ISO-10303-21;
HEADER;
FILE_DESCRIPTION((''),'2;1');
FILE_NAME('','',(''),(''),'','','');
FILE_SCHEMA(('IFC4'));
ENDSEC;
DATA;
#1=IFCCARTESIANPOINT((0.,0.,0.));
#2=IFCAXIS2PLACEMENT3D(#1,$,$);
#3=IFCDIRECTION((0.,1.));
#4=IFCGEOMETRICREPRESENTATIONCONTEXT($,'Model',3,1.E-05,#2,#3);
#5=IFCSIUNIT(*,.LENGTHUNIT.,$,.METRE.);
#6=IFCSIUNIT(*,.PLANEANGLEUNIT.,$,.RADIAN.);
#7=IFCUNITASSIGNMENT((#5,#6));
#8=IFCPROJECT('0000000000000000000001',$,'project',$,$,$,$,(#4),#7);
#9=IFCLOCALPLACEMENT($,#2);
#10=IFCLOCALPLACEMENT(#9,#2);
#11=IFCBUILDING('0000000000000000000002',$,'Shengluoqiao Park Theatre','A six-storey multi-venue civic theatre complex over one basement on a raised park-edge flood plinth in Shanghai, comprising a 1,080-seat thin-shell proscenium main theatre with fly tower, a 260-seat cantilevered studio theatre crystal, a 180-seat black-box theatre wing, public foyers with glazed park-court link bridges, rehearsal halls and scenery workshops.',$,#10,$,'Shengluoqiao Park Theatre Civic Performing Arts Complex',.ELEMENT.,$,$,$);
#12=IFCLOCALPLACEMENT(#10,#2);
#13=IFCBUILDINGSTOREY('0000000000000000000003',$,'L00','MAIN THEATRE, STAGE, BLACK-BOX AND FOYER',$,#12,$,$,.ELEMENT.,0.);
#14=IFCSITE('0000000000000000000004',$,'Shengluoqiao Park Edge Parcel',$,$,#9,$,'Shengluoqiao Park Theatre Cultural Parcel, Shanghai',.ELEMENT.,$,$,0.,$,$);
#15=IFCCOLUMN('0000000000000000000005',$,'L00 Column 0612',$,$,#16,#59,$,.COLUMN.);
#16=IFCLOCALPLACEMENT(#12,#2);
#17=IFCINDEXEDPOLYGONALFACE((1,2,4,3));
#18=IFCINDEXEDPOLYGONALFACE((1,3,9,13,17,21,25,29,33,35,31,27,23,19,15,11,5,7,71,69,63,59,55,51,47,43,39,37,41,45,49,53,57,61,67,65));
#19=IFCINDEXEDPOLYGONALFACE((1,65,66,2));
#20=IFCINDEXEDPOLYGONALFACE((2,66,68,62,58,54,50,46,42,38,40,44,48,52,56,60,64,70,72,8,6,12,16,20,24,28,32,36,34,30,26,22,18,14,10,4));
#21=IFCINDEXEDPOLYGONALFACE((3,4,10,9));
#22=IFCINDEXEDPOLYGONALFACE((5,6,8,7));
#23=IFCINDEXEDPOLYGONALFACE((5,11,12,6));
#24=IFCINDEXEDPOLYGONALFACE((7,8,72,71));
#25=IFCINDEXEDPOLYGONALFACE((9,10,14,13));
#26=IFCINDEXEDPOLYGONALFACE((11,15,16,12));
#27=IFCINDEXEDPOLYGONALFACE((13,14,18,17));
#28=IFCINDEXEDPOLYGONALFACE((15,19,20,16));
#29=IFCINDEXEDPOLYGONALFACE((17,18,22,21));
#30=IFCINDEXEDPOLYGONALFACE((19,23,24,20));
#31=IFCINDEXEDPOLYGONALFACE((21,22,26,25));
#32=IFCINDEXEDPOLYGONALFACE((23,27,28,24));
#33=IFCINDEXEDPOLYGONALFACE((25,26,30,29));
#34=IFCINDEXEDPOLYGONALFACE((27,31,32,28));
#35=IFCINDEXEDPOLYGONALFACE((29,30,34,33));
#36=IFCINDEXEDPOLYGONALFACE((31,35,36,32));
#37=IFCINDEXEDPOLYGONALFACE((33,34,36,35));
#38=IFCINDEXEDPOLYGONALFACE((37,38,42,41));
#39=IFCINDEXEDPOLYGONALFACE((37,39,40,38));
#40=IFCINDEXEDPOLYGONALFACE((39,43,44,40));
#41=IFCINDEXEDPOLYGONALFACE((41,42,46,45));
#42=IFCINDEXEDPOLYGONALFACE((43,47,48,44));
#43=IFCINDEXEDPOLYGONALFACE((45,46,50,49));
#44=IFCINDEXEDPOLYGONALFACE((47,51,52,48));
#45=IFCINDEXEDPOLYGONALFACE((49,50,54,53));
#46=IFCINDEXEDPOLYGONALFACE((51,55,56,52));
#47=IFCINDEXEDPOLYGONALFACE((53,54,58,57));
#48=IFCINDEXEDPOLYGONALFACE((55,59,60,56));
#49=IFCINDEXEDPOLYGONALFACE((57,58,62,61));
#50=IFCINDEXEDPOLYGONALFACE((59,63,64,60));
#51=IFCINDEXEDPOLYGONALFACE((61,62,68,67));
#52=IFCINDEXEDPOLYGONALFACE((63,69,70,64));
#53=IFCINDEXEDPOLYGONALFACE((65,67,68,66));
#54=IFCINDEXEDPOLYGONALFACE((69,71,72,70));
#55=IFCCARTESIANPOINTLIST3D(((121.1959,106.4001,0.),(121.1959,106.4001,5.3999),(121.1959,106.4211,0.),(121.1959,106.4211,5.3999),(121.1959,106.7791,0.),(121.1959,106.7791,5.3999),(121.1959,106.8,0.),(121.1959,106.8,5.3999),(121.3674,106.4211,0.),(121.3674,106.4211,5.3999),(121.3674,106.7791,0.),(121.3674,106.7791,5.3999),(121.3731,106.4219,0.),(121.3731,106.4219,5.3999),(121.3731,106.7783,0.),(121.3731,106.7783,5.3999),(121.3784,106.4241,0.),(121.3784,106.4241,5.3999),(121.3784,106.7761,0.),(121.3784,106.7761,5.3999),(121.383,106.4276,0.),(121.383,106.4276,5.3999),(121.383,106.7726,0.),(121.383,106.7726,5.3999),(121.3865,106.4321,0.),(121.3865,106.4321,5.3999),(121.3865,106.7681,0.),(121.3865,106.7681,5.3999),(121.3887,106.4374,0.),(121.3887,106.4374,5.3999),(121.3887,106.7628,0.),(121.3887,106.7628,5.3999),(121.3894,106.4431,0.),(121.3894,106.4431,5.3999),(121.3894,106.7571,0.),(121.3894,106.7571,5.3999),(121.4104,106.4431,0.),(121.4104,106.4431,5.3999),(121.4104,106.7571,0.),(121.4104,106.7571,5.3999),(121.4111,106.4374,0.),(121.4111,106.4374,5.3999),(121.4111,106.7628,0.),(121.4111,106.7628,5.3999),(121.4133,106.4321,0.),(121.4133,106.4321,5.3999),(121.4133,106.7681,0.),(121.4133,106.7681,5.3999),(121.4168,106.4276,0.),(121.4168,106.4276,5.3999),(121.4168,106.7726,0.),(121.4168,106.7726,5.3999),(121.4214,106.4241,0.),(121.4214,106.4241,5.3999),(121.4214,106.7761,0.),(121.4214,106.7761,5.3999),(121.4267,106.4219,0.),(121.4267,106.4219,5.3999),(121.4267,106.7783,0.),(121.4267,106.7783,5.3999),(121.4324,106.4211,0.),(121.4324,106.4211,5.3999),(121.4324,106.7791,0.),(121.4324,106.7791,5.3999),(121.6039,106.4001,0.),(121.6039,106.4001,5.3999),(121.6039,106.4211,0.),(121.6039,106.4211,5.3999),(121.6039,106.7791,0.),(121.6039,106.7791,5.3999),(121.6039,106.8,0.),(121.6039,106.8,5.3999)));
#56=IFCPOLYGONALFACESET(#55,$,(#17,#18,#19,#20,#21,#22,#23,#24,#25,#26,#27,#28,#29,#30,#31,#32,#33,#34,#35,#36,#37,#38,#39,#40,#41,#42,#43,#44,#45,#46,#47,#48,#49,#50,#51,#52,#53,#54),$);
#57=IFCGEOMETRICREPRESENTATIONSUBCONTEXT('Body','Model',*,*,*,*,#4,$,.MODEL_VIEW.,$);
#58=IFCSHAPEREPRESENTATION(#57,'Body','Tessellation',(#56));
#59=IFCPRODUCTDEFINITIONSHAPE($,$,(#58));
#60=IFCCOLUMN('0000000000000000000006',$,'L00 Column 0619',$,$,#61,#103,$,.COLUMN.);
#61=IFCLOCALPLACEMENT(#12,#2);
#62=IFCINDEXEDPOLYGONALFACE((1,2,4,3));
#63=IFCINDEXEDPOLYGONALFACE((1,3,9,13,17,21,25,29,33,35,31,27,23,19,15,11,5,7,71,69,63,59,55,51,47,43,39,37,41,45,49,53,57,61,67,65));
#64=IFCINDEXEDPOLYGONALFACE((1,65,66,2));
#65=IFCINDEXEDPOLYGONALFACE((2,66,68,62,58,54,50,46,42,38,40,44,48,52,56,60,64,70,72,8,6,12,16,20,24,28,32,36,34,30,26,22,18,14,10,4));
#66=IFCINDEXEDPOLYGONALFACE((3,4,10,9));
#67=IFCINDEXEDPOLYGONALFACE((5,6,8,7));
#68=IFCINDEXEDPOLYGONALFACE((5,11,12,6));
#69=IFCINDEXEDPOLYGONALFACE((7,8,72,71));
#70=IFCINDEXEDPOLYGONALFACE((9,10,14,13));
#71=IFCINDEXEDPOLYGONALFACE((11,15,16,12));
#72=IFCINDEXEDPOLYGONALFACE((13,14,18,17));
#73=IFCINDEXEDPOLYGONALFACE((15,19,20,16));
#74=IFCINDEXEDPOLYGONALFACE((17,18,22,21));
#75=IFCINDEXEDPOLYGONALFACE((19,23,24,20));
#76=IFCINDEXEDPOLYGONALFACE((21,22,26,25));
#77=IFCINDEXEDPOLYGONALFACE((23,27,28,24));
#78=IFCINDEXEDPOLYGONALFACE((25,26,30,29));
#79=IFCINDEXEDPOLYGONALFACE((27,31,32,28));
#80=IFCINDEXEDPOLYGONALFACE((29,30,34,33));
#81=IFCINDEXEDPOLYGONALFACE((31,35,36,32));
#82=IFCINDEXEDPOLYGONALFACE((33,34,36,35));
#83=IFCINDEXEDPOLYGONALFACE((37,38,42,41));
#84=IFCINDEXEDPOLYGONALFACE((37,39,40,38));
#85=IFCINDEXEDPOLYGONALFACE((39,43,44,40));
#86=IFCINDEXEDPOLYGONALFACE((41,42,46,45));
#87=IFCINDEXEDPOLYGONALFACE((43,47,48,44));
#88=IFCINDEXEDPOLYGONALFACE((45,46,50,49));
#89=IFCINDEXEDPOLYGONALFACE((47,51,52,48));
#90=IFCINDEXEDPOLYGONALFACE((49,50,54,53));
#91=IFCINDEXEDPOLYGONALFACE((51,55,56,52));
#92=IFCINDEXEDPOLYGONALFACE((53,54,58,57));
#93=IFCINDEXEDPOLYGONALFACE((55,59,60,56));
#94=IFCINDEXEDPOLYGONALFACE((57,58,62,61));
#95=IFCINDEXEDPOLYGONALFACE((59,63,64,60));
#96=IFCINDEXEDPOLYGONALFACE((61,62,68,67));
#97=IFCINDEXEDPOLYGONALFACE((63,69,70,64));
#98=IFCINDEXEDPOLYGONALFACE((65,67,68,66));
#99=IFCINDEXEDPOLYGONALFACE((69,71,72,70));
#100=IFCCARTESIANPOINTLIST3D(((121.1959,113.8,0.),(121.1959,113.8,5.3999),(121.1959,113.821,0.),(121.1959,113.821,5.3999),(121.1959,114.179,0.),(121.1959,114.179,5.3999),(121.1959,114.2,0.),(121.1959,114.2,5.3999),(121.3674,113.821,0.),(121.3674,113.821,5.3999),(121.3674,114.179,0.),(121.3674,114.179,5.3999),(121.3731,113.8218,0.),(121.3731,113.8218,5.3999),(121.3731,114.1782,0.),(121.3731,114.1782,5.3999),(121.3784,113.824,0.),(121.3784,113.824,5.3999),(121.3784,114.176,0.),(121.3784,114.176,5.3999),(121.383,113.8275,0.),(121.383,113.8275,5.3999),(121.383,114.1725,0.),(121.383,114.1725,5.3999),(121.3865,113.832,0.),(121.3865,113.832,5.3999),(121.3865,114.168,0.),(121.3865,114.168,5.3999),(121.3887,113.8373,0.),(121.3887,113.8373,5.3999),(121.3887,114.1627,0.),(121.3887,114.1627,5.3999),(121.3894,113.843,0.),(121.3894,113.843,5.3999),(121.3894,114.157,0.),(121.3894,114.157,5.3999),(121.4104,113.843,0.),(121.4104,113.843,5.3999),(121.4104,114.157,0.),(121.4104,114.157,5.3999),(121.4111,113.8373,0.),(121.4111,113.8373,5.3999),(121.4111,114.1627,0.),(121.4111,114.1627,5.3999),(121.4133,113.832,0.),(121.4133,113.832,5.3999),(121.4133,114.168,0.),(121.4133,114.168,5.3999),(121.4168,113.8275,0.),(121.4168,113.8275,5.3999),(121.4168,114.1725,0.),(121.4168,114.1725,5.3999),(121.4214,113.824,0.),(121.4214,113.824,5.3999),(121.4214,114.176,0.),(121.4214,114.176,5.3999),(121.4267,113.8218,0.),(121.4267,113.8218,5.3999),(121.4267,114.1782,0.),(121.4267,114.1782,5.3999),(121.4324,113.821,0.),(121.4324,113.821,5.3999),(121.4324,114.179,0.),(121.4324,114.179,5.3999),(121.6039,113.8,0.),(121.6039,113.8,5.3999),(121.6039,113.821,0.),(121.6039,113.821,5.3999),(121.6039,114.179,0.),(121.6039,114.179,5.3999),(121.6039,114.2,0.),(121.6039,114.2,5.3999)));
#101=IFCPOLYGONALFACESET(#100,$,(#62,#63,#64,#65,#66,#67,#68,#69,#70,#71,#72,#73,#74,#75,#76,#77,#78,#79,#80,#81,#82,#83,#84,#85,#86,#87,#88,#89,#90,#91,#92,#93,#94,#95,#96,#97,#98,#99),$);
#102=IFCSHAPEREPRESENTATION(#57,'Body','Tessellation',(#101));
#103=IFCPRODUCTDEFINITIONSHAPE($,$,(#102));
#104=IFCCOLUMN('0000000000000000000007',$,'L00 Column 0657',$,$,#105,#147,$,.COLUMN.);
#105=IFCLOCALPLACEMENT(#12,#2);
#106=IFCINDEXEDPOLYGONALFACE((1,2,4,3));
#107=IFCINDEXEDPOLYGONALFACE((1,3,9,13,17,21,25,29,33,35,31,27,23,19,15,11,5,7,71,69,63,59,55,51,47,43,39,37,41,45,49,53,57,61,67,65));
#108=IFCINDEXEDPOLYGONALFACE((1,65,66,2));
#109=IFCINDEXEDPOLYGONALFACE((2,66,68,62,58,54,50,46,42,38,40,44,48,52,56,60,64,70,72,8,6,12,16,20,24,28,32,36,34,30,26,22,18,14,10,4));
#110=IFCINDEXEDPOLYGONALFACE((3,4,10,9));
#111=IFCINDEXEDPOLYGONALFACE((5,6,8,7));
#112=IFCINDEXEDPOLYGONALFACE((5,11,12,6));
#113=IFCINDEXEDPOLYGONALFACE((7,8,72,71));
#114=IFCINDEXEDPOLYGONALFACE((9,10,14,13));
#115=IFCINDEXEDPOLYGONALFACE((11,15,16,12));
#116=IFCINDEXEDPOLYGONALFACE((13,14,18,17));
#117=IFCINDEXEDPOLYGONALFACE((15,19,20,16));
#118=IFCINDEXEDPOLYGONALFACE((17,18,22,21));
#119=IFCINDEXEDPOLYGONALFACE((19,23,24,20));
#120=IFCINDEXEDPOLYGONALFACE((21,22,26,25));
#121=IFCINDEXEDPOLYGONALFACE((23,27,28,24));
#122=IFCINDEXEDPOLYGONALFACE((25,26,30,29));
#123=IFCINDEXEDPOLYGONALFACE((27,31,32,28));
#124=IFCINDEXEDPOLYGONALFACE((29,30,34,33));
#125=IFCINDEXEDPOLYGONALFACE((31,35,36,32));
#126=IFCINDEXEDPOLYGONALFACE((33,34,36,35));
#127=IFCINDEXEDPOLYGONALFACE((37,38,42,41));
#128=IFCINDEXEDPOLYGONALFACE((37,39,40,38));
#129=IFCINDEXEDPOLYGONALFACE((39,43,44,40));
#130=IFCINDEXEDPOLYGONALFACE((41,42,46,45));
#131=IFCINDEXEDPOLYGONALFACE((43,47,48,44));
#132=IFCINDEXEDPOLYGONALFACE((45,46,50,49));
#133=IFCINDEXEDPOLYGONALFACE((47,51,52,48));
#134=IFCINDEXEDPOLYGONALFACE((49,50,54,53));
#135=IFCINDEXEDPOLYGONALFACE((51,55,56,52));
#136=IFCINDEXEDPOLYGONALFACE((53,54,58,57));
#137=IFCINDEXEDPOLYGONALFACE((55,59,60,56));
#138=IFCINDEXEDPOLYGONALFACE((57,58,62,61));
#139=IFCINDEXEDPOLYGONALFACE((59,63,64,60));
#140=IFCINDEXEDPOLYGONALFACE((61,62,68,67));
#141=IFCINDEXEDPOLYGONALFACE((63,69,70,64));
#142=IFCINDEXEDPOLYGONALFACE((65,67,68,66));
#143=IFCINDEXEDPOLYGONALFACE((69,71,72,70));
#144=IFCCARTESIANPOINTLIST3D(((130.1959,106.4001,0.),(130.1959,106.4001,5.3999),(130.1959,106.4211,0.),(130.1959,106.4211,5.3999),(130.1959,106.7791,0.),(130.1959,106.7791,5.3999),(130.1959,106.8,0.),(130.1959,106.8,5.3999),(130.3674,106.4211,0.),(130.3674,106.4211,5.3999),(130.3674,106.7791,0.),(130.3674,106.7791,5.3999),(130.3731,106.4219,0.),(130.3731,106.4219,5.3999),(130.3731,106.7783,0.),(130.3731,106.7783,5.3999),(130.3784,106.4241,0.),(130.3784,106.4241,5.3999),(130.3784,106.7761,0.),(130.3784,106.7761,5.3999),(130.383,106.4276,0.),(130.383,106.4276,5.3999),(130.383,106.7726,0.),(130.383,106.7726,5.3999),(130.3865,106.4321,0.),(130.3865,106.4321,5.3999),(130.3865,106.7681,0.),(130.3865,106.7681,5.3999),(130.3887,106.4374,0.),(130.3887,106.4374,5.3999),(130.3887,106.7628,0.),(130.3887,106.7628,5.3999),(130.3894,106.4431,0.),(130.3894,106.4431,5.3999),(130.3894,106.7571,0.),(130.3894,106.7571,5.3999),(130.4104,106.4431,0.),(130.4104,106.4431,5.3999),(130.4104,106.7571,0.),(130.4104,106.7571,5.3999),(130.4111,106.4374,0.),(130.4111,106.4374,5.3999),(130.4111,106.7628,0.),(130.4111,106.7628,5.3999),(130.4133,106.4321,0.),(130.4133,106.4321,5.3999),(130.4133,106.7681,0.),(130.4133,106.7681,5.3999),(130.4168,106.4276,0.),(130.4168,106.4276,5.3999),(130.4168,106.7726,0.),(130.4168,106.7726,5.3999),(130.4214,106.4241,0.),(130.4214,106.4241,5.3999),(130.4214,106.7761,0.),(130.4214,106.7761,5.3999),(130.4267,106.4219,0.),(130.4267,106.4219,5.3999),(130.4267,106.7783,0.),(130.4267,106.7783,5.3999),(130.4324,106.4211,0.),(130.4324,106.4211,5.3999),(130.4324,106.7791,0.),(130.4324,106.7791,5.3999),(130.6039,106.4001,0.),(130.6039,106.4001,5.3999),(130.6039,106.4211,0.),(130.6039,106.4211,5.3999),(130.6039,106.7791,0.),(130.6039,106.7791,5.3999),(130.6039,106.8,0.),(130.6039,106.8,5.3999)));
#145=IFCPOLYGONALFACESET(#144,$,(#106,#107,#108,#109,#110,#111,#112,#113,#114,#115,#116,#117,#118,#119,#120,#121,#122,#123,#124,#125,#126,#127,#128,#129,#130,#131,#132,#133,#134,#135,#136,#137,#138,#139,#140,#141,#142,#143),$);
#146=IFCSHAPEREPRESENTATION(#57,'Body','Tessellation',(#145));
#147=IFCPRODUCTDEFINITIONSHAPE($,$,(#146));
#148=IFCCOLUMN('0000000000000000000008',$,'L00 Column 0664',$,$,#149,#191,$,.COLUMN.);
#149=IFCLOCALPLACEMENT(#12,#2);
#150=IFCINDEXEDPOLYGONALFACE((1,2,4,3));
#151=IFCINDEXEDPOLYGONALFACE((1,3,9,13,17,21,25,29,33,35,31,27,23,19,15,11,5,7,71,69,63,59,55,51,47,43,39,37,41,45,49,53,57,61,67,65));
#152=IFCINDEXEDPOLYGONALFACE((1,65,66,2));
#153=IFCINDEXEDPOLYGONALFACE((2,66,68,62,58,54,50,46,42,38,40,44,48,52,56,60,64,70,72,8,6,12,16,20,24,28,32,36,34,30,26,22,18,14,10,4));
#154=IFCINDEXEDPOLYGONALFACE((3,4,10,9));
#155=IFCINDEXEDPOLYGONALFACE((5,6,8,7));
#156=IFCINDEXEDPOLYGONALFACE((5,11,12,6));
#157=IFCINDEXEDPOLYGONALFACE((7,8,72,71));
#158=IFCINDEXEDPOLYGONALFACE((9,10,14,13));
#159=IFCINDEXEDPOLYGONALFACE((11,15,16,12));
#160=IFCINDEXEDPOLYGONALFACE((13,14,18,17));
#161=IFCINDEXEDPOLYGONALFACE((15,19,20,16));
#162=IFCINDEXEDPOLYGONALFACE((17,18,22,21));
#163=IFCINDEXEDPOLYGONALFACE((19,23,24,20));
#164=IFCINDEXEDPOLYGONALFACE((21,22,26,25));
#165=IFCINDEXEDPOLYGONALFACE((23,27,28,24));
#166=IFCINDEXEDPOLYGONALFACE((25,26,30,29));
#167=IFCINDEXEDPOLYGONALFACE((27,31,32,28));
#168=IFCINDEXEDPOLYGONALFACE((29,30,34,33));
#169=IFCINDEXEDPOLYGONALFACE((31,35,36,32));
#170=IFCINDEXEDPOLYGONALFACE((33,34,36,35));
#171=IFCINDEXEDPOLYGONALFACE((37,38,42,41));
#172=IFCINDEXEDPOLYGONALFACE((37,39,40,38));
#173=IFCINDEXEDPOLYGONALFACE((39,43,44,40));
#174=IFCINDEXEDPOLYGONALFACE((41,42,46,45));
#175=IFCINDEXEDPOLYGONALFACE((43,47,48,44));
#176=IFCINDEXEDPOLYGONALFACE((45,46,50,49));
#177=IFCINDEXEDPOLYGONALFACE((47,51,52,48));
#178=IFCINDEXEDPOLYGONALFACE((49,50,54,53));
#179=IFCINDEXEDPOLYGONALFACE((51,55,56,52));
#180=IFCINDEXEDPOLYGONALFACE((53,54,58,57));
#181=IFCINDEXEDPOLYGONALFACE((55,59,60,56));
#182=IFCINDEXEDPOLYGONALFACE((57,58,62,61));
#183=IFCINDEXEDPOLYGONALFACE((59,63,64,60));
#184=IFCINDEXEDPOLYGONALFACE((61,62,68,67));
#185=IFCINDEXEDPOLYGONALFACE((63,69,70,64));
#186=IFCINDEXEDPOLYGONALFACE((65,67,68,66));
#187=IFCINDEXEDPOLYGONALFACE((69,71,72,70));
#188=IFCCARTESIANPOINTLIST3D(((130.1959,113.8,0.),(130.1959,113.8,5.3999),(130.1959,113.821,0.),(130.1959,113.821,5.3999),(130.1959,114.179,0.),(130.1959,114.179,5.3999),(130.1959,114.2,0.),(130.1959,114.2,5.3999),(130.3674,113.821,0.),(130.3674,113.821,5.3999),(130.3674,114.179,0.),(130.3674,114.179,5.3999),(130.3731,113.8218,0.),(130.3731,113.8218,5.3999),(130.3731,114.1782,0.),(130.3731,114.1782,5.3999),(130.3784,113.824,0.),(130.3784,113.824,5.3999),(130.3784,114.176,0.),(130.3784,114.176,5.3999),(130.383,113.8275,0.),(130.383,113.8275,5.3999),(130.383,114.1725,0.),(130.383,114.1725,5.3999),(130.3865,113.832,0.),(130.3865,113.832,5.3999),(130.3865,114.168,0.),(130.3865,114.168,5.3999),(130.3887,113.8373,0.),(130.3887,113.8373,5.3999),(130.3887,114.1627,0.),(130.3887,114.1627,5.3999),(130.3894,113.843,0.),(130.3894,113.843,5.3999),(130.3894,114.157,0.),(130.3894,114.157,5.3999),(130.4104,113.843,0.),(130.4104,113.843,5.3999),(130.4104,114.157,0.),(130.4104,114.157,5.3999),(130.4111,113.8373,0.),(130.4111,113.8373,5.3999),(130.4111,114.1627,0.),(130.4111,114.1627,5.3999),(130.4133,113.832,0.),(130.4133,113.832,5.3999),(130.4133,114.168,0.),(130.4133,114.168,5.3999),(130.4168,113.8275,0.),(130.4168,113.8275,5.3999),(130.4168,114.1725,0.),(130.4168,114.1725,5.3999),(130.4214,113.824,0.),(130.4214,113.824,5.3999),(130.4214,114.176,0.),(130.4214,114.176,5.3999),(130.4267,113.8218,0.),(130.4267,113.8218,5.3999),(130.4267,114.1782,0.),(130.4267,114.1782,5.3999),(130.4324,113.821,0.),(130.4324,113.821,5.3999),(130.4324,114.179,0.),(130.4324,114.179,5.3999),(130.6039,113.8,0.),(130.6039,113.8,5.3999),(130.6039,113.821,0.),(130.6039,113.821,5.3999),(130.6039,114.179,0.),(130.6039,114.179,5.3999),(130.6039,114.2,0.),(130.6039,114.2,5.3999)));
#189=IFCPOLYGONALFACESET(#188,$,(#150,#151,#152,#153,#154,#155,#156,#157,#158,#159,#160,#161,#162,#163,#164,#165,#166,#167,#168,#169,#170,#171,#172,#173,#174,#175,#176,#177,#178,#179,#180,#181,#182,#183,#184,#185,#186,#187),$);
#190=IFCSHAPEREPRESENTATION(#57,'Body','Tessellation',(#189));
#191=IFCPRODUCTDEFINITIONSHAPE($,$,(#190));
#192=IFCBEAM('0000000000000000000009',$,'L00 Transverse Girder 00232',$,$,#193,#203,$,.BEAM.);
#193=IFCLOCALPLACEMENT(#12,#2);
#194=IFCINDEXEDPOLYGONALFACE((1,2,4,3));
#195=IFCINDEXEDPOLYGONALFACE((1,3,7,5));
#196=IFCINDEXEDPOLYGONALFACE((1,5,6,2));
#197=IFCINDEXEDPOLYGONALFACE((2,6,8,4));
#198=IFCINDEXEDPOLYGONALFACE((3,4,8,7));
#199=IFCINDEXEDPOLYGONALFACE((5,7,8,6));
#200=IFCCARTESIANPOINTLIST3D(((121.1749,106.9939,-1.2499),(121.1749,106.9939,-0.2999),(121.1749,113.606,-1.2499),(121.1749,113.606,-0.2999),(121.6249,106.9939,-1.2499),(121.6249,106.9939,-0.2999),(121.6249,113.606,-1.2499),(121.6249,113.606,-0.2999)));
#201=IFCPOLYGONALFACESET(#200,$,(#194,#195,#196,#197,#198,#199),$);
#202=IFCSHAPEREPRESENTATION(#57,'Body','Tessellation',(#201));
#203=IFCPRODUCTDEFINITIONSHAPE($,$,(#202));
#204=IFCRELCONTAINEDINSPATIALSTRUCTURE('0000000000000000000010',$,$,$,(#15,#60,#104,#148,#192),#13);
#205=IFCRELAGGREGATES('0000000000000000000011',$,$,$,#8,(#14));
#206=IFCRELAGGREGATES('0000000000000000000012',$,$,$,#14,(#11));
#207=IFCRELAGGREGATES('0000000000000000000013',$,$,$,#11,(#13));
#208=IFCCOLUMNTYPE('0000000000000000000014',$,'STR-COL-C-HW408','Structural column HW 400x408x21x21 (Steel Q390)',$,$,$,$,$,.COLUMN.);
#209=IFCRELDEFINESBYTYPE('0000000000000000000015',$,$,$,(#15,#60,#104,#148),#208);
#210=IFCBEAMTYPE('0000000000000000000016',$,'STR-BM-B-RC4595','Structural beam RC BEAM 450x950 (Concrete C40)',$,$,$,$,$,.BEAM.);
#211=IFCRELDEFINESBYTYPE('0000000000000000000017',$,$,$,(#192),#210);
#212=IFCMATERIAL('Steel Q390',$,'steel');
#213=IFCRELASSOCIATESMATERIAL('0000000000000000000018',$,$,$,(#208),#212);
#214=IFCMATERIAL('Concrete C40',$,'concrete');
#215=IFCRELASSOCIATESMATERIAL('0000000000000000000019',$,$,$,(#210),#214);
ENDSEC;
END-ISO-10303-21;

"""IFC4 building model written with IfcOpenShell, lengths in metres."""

from ifc_helpers import new_model, si_unit, direction, frame, origin, origin_2d, place, context, subcontext, project, spatial, rectangle, i_section, extrude, material, material_profile, profile_set, type_object, element, save


model = new_model("IFC4")

# Units and contexts
model_context = context("Model", 3, precision=1e-05, world=origin(), true_north=direction((0.0, 1.0)))
body_context = subcontext(model_context, "Body", "Model", "MODEL_VIEW")
ifc_project = project(units=[si_unit("LENGTHUNIT", "METRE"), si_unit("PLANEANGLEUNIT", "RADIAN")], contexts=[model_context])

# Site, building, storey
site_placement = place(None, origin())
site = spatial("IfcSite", under=ifc_project, at=site_placement, Name="Shengluoqiao Park Edge Parcel", LongName="Shengluoqiao Park Theatre Cultural Parcel, Shanghai", CompositionType="ELEMENT", RefElevation=0.0)
building_placement = place(site_placement, origin())
building = spatial("IfcBuilding", under=site, at=building_placement, Name="Shengluoqiao Park Theatre", Description="A six-storey multi-venue civic theatre complex over one basement on a raised park-edge flood plinth in Shanghai, comprising a 1,080-seat thin-shell proscenium main theatre with fly tower, a 260-seat cantilevered studio theatre crystal, a 180-seat black-box theatre wing, public foyers with glazed park-court link bridges, rehearsal halls and scenery workshops.", LongName="Shengluoqiao Park Theatre Civic Performing Arts Complex", CompositionType="ELEMENT")
storey_placement = place(building_placement, origin())
storey = spatial("IfcBuildingStorey", under=building, at=storey_placement, Name="L00", Description="MAIN THEATRE, STAGE, BLACK-BOX AND FOYER", CompositionType="ELEMENT", Elevation=0.0)

# Columns
ifc_material_1 = material(Name="Steel Q390", Category="steel")
ifc_material_profile_1 = material_profile(ifc_material_1, i_section(OverallWidth=0.408, OverallDepth=0.3999, WebThickness=0.021, FlangeThickness=0.021, FilletRadius=0.022, at=origin_2d()), Name="HW 400x408x21x21")
ifc_profile_set_1 = profile_set([ifc_material_profile_1], Name="Steel Q390")
column_type = type_object("IfcColumnType", Name="STR-COL-C-HW408", Description="Structural column HW 400x408x21x21 (Steel Q390)", PredefinedType="COLUMN", material=ifc_profile_set_1)
for number, where, z_axis, x_axis, name in (
    (1, (121.3999, 106.6001, 0.0), (0.0, 0.0, 1.0), (1.0, 0.0, 0.0), "L00 Column 0612"),
    (2, (121.3999, 114.0, 0.0), (0.0, 0.0, 1.0), (1.0, 0.0, 0.0), "L00 Column 0619"),
    (3, (130.3999, 106.6001, 0.0), (0.0, 0.0, 1.0), (1.0, 0.0, 0.0), "L00 Column 0657"),
    (4, (130.3999, 114.0, 0.0), (0.0, 0.0, 1.0), (1.0, 0.0, 0.0), "L00 Column 0664"),
):
    element("IfcColumn", number, at=place(storey_placement, frame(where, z_axis=z_axis, x_axis=x_axis)), inside=storey, type_object=column_type, Name=name, PredefinedType="COLUMN", context=body_context, shape_type="SweptSolid", body=[
        extrude(i_section(OverallWidth=0.408, OverallDepth=0.3999, WebThickness=0.021, FlangeThickness=0.021, FilletRadius=0.022, at=origin_2d()), origin(), (0.0, 0.0, 1.0), 5.3999),
    ])

# Beam
ifc_material_2 = material(Name="Concrete C40", Category="concrete")
ifc_material_profile_2 = material_profile(ifc_material_2, rectangle(XDim=0.45, YDim=0.95, at=origin_2d()), Name="RC BEAM 450x950")
ifc_profile_set_2 = profile_set([ifc_material_profile_2], Name="Concrete C40")
beam_type_1 = type_object("IfcBeamType", Name="STR-BM-B-RC4595", Description="Structural beam RC BEAM 450x950 (Concrete C40)", PredefinedType="BEAM", material=ifc_profile_set_2)
for number, where, z_axis, x_axis, name in (
    (5, (121.3999, 106.9939, -0.7749), (0.0, 1.0, 0.0), (-1.0, 0.0, 0.0), "L00 Transverse Girder 00232"),
):
    element("IfcBeam", number, at=place(storey_placement, frame(where, z_axis=z_axis, x_axis=x_axis)), inside=storey, type_object=beam_type_1, Name=name, PredefinedType="BEAM", context=body_context, shape_type="SweptSolid", body=[
        extrude(rectangle(XDim=0.45, YDim=0.95, at=origin_2d()), origin(), (0.0, 0.0, 1.0), 6.6121),
    ])

save(model, "model.ifc")
